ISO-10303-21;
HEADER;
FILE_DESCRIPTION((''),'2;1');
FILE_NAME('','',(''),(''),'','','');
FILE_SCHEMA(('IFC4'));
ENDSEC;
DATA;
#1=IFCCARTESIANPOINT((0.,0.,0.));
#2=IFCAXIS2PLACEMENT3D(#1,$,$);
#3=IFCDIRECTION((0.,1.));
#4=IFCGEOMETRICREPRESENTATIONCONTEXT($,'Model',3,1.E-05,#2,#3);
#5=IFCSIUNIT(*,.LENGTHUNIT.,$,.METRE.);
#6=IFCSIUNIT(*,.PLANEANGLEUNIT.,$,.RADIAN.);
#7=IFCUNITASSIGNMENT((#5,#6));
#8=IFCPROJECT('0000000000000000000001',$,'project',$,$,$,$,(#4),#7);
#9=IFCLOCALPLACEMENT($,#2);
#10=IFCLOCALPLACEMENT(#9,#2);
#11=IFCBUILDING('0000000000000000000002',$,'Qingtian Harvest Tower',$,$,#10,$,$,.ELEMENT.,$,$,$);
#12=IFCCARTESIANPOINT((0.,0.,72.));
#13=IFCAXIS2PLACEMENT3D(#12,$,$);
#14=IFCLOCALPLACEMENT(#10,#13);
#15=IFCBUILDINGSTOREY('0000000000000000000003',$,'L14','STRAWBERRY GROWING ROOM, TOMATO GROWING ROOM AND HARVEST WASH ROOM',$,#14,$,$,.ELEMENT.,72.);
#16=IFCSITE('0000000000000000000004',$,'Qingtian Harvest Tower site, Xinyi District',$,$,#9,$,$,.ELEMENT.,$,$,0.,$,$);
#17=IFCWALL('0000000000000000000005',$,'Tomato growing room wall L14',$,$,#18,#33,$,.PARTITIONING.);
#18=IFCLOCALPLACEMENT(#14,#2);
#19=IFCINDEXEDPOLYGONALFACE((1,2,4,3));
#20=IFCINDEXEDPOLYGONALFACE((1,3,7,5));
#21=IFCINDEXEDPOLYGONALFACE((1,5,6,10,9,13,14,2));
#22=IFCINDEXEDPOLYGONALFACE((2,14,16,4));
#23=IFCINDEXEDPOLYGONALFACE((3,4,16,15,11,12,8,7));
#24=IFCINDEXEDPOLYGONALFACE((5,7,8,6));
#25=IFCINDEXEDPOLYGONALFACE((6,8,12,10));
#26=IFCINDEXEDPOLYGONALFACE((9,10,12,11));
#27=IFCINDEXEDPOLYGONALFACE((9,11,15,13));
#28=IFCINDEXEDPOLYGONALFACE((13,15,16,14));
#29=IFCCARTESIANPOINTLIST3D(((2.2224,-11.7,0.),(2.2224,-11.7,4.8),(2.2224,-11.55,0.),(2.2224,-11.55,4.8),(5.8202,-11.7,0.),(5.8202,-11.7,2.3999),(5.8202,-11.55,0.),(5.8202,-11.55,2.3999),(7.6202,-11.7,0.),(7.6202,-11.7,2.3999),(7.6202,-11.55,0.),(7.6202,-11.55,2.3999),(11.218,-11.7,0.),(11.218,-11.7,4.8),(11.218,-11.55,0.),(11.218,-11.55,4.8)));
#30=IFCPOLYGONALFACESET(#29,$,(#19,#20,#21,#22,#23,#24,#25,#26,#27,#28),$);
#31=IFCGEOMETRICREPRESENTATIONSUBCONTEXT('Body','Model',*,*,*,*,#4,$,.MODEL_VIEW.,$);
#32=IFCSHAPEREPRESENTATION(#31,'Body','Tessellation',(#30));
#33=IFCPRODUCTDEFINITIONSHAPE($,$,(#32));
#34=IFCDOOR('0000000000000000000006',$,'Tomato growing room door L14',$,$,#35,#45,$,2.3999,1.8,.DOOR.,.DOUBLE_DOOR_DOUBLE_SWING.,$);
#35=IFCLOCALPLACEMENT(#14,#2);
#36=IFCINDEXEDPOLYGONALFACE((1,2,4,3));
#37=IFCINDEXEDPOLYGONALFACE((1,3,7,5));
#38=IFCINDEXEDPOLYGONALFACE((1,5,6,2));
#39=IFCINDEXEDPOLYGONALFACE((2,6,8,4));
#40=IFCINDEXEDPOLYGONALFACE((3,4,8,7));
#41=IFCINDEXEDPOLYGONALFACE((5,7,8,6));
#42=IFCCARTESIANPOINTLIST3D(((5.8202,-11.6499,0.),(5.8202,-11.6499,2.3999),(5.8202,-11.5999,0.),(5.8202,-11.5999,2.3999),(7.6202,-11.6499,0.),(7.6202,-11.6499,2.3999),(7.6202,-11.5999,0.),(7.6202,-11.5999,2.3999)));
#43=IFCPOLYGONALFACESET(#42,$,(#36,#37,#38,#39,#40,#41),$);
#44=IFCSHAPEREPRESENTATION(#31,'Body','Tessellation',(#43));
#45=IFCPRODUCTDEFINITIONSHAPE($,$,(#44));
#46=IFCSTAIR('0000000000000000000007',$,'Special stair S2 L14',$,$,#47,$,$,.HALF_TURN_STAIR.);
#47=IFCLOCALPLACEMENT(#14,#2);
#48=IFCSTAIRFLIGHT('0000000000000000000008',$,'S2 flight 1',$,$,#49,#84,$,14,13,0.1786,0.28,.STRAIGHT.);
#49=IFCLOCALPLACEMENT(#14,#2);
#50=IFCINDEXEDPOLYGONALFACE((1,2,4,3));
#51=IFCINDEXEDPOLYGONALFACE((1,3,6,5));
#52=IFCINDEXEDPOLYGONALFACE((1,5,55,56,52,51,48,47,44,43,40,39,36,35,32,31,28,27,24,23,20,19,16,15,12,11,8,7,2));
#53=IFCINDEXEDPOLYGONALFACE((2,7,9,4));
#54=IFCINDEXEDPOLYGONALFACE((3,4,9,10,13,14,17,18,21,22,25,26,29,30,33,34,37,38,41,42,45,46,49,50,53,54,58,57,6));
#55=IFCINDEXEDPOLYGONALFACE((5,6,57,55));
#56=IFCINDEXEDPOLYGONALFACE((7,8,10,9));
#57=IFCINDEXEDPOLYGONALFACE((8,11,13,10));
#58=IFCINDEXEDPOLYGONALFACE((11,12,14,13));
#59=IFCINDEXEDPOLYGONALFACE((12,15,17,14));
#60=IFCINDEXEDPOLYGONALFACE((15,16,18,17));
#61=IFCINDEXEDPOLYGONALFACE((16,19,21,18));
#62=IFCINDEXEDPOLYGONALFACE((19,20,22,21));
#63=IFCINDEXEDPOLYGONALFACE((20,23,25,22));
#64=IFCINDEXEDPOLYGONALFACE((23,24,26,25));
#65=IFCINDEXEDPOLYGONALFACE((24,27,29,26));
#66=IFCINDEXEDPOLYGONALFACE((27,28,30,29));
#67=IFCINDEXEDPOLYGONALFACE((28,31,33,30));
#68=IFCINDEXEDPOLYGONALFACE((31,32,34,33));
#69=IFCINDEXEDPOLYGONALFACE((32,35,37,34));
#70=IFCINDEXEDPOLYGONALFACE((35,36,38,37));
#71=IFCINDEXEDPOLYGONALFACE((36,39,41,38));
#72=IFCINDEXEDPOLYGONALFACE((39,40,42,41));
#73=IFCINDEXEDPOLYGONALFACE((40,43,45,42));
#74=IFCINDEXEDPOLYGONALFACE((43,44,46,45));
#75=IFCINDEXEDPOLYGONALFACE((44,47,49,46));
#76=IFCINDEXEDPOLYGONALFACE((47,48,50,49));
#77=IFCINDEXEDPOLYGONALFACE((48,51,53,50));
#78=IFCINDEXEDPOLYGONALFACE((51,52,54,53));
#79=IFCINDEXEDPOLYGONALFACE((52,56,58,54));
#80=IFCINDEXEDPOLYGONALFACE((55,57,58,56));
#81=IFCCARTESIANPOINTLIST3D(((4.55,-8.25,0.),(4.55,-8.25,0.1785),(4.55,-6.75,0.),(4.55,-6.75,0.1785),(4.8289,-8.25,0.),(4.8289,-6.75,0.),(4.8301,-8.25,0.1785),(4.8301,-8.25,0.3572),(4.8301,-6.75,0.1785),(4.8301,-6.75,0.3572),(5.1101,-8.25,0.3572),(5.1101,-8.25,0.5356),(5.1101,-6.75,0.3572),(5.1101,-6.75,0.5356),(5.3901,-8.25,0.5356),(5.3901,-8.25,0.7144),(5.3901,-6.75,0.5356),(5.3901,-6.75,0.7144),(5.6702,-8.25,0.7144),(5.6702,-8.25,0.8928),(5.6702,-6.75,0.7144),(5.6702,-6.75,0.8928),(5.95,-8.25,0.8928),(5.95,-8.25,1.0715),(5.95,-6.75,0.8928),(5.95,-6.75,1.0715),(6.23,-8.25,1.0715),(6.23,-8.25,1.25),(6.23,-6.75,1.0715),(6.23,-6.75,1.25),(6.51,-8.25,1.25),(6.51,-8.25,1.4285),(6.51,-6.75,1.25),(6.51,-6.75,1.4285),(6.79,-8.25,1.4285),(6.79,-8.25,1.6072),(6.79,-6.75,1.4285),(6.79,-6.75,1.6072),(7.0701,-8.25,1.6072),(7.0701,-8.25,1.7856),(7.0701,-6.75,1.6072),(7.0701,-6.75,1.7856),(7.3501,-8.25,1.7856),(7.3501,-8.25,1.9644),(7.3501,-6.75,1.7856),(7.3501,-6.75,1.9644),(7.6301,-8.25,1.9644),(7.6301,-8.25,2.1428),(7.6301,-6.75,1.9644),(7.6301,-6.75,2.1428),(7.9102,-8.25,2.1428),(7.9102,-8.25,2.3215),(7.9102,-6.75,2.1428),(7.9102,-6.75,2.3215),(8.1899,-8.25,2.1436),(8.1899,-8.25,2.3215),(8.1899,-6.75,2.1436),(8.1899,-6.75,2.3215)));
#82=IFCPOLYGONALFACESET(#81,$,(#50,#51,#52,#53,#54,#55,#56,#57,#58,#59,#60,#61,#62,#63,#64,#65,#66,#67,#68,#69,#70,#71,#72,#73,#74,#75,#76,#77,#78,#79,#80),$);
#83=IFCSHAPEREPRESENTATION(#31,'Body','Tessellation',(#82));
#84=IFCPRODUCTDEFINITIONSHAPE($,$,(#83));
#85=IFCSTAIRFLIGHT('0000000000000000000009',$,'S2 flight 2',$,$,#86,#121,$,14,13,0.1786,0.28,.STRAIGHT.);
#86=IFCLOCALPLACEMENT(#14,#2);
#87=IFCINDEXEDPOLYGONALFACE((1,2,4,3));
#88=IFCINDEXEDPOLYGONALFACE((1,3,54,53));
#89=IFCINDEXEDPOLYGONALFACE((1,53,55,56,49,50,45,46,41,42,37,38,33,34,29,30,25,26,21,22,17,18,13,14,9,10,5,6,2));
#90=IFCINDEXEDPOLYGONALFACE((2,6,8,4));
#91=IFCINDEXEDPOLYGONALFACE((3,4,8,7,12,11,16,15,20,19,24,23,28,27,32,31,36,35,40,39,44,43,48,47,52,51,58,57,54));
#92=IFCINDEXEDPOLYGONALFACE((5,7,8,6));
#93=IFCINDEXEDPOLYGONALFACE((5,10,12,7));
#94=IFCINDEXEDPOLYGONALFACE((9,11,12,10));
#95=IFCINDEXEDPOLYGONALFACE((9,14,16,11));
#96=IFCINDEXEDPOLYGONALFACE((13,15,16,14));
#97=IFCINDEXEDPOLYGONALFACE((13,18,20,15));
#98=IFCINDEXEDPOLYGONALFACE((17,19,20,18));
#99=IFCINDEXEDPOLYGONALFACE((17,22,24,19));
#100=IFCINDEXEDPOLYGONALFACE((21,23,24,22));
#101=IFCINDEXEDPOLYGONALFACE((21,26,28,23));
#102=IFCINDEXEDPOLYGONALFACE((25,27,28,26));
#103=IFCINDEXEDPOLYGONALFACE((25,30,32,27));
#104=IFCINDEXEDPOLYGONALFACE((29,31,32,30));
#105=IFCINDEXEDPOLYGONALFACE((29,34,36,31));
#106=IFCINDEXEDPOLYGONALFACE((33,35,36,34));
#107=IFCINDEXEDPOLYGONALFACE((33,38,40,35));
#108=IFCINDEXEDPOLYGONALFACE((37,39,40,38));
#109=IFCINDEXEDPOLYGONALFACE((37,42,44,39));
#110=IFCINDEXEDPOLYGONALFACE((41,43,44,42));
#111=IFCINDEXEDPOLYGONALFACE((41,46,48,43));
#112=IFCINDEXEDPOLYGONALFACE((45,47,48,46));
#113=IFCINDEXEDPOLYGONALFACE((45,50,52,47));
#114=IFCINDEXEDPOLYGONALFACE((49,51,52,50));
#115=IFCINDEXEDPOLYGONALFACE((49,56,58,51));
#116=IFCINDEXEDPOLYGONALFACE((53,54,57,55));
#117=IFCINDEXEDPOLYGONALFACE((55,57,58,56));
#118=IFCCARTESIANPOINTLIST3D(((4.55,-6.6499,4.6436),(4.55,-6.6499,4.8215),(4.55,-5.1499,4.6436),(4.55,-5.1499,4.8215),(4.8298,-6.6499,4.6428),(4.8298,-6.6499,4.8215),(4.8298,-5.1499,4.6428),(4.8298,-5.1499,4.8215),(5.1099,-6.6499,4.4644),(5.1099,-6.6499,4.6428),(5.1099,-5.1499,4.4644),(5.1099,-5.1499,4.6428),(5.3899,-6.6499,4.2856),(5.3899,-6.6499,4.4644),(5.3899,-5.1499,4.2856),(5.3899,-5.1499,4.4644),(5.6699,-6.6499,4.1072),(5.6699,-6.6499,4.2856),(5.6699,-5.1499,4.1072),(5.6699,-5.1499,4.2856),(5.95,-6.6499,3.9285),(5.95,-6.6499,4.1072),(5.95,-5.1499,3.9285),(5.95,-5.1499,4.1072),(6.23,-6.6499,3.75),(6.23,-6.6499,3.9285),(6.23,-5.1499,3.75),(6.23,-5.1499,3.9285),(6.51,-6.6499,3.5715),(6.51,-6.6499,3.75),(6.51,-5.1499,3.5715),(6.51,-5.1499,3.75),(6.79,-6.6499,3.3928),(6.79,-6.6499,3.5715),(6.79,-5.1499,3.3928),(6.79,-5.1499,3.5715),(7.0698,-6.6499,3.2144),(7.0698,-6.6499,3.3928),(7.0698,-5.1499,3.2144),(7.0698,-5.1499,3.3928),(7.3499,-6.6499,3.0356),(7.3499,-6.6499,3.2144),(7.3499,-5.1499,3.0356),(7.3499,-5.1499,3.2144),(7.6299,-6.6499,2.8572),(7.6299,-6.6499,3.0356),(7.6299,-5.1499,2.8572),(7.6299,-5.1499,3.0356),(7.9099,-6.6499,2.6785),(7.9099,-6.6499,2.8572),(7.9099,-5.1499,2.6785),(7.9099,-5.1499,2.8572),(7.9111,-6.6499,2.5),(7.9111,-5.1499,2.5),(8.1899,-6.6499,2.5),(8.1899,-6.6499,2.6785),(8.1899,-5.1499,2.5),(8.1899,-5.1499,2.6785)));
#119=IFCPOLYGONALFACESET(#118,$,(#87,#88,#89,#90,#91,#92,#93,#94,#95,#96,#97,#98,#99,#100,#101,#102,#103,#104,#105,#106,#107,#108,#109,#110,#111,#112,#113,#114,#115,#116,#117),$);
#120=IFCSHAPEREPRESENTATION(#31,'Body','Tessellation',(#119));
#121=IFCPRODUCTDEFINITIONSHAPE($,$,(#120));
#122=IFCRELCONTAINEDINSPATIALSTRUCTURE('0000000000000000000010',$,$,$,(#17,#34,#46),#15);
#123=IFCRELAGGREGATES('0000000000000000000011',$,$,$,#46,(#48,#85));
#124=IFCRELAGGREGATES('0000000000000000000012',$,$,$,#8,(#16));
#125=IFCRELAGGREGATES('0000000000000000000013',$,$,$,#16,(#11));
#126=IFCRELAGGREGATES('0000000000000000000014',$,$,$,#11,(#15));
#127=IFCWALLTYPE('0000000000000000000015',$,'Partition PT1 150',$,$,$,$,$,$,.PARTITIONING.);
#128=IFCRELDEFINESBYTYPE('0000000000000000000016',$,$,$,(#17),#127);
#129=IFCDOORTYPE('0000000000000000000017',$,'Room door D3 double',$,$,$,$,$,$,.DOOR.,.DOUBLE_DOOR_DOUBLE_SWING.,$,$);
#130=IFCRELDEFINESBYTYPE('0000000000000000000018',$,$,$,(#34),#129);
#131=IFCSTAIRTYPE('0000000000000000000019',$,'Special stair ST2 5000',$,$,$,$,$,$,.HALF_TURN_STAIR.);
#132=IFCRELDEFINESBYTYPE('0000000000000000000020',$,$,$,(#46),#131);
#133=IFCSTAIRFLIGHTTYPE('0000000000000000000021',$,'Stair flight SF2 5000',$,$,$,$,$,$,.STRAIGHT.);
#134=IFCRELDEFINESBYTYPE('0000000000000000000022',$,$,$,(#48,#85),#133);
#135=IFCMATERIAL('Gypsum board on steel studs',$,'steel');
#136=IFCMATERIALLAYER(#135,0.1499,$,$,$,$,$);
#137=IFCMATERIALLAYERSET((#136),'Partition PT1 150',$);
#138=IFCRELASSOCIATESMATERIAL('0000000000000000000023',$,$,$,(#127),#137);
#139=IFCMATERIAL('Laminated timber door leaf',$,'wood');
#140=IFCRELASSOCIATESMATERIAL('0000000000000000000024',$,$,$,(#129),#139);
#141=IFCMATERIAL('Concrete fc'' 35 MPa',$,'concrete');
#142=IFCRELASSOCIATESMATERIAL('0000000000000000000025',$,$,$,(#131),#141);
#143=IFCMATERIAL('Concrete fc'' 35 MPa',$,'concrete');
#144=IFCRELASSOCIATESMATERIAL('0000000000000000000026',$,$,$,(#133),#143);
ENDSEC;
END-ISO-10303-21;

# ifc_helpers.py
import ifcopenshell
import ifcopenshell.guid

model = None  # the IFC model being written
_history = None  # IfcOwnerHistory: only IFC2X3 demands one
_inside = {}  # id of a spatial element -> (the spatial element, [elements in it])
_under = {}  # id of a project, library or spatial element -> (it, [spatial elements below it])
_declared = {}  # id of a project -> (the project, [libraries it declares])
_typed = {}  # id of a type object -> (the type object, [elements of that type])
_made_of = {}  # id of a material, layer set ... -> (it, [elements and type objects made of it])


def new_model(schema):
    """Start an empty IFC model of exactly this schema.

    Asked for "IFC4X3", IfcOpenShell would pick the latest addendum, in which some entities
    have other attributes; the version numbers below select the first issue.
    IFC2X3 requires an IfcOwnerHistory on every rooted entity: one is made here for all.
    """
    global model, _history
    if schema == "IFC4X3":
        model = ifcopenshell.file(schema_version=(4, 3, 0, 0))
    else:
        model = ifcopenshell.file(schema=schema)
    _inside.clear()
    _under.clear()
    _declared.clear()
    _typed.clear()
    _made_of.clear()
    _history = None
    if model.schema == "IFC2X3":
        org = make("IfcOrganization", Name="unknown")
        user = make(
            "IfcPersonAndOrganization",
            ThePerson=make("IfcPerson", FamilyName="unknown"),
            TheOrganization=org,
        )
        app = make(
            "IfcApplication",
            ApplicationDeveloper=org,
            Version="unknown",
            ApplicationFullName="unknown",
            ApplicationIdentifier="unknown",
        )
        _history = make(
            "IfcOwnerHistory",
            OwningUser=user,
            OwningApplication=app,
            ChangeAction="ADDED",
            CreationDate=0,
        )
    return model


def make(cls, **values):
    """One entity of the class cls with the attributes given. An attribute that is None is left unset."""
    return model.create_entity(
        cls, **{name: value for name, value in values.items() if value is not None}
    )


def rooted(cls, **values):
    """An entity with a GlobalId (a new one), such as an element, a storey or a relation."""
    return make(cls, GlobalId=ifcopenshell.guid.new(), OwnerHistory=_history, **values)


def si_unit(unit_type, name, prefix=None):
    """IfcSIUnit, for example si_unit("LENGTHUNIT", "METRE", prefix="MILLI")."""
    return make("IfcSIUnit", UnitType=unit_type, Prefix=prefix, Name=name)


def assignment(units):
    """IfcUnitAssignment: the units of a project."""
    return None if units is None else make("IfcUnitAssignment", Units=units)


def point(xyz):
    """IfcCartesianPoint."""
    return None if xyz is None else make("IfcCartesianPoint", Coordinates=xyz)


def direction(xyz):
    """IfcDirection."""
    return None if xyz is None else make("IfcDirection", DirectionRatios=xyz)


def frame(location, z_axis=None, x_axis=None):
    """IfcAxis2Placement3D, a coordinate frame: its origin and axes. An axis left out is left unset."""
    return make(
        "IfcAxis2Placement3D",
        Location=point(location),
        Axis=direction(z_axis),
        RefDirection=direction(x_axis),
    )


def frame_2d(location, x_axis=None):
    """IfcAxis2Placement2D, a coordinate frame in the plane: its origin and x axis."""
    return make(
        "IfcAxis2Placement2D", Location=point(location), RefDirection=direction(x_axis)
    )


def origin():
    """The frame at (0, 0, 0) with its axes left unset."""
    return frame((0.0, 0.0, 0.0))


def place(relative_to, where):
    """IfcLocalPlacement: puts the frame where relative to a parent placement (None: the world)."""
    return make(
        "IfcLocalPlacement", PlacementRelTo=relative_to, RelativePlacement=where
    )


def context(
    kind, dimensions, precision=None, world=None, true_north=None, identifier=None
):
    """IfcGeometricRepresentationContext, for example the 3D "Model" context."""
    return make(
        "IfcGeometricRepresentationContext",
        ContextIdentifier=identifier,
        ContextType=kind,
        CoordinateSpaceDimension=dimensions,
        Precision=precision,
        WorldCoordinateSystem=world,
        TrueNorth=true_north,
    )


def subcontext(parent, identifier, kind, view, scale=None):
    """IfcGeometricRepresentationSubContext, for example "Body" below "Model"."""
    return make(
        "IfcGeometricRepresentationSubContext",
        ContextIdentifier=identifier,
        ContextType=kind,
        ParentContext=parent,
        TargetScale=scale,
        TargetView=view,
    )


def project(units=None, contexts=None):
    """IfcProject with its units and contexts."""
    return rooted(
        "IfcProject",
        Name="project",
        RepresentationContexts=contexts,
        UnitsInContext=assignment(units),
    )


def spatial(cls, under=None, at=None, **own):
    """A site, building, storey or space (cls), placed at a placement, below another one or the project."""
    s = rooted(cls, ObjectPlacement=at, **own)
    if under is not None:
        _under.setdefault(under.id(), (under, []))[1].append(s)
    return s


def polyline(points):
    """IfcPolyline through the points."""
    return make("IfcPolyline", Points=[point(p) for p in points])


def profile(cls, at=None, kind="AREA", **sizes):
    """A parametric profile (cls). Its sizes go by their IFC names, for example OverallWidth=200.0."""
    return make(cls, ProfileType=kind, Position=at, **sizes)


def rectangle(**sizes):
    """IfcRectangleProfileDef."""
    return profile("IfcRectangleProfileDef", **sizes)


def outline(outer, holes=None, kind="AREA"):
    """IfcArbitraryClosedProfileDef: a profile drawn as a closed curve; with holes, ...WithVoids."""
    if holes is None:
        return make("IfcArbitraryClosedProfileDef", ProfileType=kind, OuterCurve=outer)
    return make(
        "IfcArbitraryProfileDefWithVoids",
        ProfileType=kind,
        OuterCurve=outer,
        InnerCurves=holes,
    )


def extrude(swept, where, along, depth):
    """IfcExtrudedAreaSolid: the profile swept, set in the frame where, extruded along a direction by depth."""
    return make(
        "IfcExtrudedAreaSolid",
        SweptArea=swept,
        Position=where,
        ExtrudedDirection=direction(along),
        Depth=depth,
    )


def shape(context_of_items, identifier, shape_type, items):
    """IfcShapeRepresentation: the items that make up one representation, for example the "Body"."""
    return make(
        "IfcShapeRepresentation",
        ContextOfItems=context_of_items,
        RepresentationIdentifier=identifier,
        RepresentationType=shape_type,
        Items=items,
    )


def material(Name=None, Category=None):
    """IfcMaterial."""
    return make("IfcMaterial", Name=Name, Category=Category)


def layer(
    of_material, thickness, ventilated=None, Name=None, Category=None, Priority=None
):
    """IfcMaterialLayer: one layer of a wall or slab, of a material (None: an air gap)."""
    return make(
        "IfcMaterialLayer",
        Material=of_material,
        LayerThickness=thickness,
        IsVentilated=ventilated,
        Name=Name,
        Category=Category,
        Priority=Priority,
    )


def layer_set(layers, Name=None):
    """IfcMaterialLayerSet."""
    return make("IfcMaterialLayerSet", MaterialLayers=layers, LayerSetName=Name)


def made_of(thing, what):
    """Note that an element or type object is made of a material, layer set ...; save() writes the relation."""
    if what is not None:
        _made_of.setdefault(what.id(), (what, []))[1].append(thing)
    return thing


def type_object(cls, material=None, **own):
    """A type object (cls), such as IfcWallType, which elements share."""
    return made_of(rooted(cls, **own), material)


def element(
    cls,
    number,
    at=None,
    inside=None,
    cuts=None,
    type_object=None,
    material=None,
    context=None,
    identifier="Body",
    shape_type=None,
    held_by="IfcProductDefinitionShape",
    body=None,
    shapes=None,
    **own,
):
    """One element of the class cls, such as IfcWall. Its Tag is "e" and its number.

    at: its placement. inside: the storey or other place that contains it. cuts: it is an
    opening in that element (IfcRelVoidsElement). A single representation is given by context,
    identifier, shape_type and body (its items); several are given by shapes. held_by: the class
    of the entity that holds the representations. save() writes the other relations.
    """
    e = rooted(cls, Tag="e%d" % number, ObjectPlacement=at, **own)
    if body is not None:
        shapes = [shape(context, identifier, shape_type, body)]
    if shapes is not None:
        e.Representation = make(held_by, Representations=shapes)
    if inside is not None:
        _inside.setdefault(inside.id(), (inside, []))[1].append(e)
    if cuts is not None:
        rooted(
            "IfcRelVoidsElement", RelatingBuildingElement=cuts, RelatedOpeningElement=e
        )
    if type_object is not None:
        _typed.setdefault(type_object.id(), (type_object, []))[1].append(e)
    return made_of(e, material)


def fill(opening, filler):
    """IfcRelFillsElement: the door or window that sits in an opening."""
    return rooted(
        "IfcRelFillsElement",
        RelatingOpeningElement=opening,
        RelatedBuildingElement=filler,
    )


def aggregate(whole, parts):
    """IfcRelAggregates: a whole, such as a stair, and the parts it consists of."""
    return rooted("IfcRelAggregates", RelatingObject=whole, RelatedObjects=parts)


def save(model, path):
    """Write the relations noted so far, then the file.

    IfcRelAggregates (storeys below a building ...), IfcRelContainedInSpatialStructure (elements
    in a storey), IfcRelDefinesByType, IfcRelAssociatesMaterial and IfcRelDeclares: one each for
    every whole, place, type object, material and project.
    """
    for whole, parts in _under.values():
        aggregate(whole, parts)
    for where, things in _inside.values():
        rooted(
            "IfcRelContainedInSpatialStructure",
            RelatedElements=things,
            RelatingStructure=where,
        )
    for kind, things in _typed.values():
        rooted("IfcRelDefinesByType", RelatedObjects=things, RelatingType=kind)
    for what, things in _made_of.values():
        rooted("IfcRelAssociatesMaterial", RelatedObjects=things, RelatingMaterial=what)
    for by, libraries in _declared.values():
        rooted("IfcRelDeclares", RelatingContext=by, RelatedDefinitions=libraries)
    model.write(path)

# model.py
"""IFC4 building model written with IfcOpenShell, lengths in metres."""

from ifc_helpers import new_model, si_unit, direction, frame, frame_2d, origin, place, context, subcontext, project, spatial, polyline, rectangle, outline, extrude, material, layer, layer_set, type_object, element, fill, aggregate, save


model = new_model("IFC4")

# Units and contexts
model_context = context("Model", 3, precision=1e-05, world=origin(), true_north=direction((0.0, 1.0)))
body_context = subcontext(model_context, "Body", "Model", "MODEL_VIEW")
ifc_project = project(units=[si_unit("LENGTHUNIT", "METRE"), si_unit("PLANEANGLEUNIT", "RADIAN")], contexts=[model_context])

# Site, building, storey
site_placement = place(None, origin())
site = spatial("IfcSite", under=ifc_project, at=site_placement, Name="Qingtian Harvest Tower site, Xinyi District", CompositionType="ELEMENT", RefElevation=0.0)
building_placement = place(site_placement, origin())
building = spatial("IfcBuilding", under=site, at=building_placement, Name="Qingtian Harvest Tower", CompositionType="ELEMENT")
storey_placement = place(building_placement, frame((0.0, 0.0, 72.0)))
storey = spatial("IfcBuildingStorey", under=building, at=storey_placement, Name="L14", Description="STRAWBERRY GROWING ROOM, TOMATO GROWING ROOM AND HARVEST WASH ROOM", CompositionType="ELEMENT", Elevation=72.0)

# Wall, opening, door
ifc_material_1 = material(Name="Gypsum board on steel studs", Category="steel")
ifc_layer_1 = layer(ifc_material_1, 0.1499)
ifc_layer_set_1 = layer_set([ifc_layer_1], Name="Partition PT1 150")
wall_type_1 = type_object("IfcWallType", Name="Partition PT1 150", PredefinedType="PARTITIONING", material=ifc_layer_set_1)
wall_1_placement = place(storey_placement, frame((11.218, -11.625, 0.0), z_axis=(0.0, 0.0, 1.0), x_axis=(-1.0, 0.0, 0.0)))
wall_1 = element("IfcWall", 1, at=wall_1_placement, inside=storey, type_object=wall_type_1, Name="Tomato growing room wall L14", PredefinedType="PARTITIONING", context=body_context, shape_type="SweptSolid", body=[
    extrude(rectangle(XDim=8.9956, YDim=0.1499, at=frame_2d((4.4978, 0.0))), origin(), (0.0, 0.0, 1.0), 4.8),
])
opening_1_placement = place(wall_1_placement, frame((3.5979, 0.0, 0.0)))
opening_1 = element("IfcOpeningElement", 2, at=opening_1_placement, cuts=wall_1, PredefinedType="OPENING", context=body_context, shape_type="SweptSolid", body=[
    extrude(rectangle(XDim=1.8, YDim=2.3999, at=frame_2d((0.8999, 1.2))), frame((0.0, 0.085, 0.0), z_axis=(0.0, -1.0, 0.0), x_axis=(1.0, 0.0, 0.0)), (0.0, 0.0, 1.0), 0.1699),
])
ifc_material_2 = material(Name="Laminated timber door leaf", Category="wood")
door_type_1 = type_object("IfcDoorType", Name="Room door D3 double", OperationType="DOUBLE_DOOR_DOUBLE_SWING", PredefinedType="DOOR", material=ifc_material_2)
door_1_placement = place(opening_1_placement, origin())
door_1 = element("IfcDoor", 3, at=door_1_placement, inside=storey, type_object=door_type_1, Name="Tomato growing room door L14", OperationType="DOUBLE_DOOR_DOUBLE_SWING", OverallHeight=2.3999, OverallWidth=1.8, PredefinedType="DOOR", context=body_context, shape_type="SweptSolid", body=[
    extrude(rectangle(XDim=1.8, YDim=2.3999, at=frame_2d((0.8999, 1.2))), frame((0.0, 0.0249, 0.0), z_axis=(0.0, -1.0, 0.0), x_axis=(1.0, 0.0, 0.0)), (0.0, 0.0, 1.0), 0.05),
])
fill(opening_1, door_1)

# Stair, stair flights
ifc_material_3 = material(Name="Concrete fc' 35 MPa", Category="concrete")
stair_type = type_object("IfcStairType", Name="Special stair ST2 5000", PredefinedType="HALF_TURN_STAIR", material=ifc_material_3)
stair_placement = place(storey_placement, origin())
stair = element("IfcStair", 4, at=stair_placement, inside=storey, type_object=stair_type, Name="Special stair S2 L14", PredefinedType="HALF_TURN_STAIR")
ifc_material_4 = material(Name="Concrete fc' 35 MPa", Category="concrete")
stair_flight_type = type_object("IfcStairFlightType", Name="Stair flight SF2 5000", PredefinedType="STRAIGHT", material=ifc_material_4)
stair_flight_1_placement = place(storey_placement, frame((4.55, -7.5, 0.0), z_axis=(0.0, 0.0, 1.0), x_axis=(1.0, 0.0, 0.0)))
stair_flight_1 = element("IfcStairFlight", 5, at=stair_flight_1_placement, type_object=stair_flight_type, Name="S2 flight 1", NumberOfRisers=14, NumberOfTreads=13, PredefinedType="STRAIGHT", RiserHeight=0.1786, TreadLength=0.28, context=body_context, shape_type="SweptSolid", body=[
    extrude(outline(polyline([(0.0, 0.0), (0.0, 0.1785), (0.28, 0.1785), (0.28, 0.3572), (0.5601, 0.3572), (0.5601, 0.5356), (0.8401, 0.5356), (0.8401, 0.7144), (1.1201, 0.7144), (1.1201, 0.8928), (1.3999, 0.8928), (1.3999, 1.0715), (1.6799, 1.0715), (1.6799, 1.25), (1.96, 1.25), (1.96, 1.4285), (2.24, 1.4285), (2.24, 1.6072), (2.52, 1.6072), (2.52, 1.7856), (2.8, 1.7856), (2.8, 1.9644), (3.0801, 1.9644), (3.0801, 2.1428), (3.3601, 2.1428), (3.3601, 2.3215), (3.6399, 2.3215), (3.6399, 2.5), (3.6399, 2.1436), (0.2788, 0.0), (0.0, 0.0)])), frame((0.0, 0.75, 0.0), z_axis=(0.0, -1.0, 0.0), x_axis=(1.0, 0.0, 0.0)), (0.0, 0.0, 1.0), 1.5),
])
stair_flight_2_placement = place(storey_placement, frame((8.1899, -5.8999, 2.5), z_axis=(0.0, 0.0, 1.0), x_axis=(-1.0, 0.0, 0.0)))
stair_flight_2 = element("IfcStairFlight", 6, at=stair_flight_2_placement, type_object=stair_flight_type, Name="S2 flight 2", NumberOfRisers=14, NumberOfTreads=13, PredefinedType="STRAIGHT", RiserHeight=0.1786, TreadLength=0.28, context=body_context, shape_type="SweptSolid", body=[
    extrude(outline(polyline([(0.0, 0.0), (0.0, 0.1785), (0.28, 0.1785), (0.28, 0.3572), (0.5601, 0.3572), (0.5601, 0.5356), (0.8401, 0.5356), (0.8401, 0.7144), (1.1201, 0.7144), (1.1201, 0.8928), (1.3999, 0.8928), (1.3999, 1.0715), (1.6799, 1.0715), (1.6799, 1.25), (1.96, 1.25), (1.96, 1.4285), (2.24, 1.4285), (2.24, 1.6072), (2.52, 1.6072), (2.52, 1.7856), (2.8, 1.7856), (2.8, 1.9644), (3.0801, 1.9644), (3.0801, 2.1428), (3.3601, 2.1428), (3.3601, 2.3215), (3.6399, 2.3215), (3.6399, 2.5), (3.6399, 2.1436), (0.2788, 0.0), (0.0, 0.0)])), frame((0.0, 0.75, 0.0), z_axis=(0.0, -1.0, 0.0), x_axis=(1.0, 0.0, 0.0)), (0.0, 0.0, 1.0), 1.5),
])
aggregate(stair, [stair_flight_1, stair_flight_2])

save(model, "model.ifc")
